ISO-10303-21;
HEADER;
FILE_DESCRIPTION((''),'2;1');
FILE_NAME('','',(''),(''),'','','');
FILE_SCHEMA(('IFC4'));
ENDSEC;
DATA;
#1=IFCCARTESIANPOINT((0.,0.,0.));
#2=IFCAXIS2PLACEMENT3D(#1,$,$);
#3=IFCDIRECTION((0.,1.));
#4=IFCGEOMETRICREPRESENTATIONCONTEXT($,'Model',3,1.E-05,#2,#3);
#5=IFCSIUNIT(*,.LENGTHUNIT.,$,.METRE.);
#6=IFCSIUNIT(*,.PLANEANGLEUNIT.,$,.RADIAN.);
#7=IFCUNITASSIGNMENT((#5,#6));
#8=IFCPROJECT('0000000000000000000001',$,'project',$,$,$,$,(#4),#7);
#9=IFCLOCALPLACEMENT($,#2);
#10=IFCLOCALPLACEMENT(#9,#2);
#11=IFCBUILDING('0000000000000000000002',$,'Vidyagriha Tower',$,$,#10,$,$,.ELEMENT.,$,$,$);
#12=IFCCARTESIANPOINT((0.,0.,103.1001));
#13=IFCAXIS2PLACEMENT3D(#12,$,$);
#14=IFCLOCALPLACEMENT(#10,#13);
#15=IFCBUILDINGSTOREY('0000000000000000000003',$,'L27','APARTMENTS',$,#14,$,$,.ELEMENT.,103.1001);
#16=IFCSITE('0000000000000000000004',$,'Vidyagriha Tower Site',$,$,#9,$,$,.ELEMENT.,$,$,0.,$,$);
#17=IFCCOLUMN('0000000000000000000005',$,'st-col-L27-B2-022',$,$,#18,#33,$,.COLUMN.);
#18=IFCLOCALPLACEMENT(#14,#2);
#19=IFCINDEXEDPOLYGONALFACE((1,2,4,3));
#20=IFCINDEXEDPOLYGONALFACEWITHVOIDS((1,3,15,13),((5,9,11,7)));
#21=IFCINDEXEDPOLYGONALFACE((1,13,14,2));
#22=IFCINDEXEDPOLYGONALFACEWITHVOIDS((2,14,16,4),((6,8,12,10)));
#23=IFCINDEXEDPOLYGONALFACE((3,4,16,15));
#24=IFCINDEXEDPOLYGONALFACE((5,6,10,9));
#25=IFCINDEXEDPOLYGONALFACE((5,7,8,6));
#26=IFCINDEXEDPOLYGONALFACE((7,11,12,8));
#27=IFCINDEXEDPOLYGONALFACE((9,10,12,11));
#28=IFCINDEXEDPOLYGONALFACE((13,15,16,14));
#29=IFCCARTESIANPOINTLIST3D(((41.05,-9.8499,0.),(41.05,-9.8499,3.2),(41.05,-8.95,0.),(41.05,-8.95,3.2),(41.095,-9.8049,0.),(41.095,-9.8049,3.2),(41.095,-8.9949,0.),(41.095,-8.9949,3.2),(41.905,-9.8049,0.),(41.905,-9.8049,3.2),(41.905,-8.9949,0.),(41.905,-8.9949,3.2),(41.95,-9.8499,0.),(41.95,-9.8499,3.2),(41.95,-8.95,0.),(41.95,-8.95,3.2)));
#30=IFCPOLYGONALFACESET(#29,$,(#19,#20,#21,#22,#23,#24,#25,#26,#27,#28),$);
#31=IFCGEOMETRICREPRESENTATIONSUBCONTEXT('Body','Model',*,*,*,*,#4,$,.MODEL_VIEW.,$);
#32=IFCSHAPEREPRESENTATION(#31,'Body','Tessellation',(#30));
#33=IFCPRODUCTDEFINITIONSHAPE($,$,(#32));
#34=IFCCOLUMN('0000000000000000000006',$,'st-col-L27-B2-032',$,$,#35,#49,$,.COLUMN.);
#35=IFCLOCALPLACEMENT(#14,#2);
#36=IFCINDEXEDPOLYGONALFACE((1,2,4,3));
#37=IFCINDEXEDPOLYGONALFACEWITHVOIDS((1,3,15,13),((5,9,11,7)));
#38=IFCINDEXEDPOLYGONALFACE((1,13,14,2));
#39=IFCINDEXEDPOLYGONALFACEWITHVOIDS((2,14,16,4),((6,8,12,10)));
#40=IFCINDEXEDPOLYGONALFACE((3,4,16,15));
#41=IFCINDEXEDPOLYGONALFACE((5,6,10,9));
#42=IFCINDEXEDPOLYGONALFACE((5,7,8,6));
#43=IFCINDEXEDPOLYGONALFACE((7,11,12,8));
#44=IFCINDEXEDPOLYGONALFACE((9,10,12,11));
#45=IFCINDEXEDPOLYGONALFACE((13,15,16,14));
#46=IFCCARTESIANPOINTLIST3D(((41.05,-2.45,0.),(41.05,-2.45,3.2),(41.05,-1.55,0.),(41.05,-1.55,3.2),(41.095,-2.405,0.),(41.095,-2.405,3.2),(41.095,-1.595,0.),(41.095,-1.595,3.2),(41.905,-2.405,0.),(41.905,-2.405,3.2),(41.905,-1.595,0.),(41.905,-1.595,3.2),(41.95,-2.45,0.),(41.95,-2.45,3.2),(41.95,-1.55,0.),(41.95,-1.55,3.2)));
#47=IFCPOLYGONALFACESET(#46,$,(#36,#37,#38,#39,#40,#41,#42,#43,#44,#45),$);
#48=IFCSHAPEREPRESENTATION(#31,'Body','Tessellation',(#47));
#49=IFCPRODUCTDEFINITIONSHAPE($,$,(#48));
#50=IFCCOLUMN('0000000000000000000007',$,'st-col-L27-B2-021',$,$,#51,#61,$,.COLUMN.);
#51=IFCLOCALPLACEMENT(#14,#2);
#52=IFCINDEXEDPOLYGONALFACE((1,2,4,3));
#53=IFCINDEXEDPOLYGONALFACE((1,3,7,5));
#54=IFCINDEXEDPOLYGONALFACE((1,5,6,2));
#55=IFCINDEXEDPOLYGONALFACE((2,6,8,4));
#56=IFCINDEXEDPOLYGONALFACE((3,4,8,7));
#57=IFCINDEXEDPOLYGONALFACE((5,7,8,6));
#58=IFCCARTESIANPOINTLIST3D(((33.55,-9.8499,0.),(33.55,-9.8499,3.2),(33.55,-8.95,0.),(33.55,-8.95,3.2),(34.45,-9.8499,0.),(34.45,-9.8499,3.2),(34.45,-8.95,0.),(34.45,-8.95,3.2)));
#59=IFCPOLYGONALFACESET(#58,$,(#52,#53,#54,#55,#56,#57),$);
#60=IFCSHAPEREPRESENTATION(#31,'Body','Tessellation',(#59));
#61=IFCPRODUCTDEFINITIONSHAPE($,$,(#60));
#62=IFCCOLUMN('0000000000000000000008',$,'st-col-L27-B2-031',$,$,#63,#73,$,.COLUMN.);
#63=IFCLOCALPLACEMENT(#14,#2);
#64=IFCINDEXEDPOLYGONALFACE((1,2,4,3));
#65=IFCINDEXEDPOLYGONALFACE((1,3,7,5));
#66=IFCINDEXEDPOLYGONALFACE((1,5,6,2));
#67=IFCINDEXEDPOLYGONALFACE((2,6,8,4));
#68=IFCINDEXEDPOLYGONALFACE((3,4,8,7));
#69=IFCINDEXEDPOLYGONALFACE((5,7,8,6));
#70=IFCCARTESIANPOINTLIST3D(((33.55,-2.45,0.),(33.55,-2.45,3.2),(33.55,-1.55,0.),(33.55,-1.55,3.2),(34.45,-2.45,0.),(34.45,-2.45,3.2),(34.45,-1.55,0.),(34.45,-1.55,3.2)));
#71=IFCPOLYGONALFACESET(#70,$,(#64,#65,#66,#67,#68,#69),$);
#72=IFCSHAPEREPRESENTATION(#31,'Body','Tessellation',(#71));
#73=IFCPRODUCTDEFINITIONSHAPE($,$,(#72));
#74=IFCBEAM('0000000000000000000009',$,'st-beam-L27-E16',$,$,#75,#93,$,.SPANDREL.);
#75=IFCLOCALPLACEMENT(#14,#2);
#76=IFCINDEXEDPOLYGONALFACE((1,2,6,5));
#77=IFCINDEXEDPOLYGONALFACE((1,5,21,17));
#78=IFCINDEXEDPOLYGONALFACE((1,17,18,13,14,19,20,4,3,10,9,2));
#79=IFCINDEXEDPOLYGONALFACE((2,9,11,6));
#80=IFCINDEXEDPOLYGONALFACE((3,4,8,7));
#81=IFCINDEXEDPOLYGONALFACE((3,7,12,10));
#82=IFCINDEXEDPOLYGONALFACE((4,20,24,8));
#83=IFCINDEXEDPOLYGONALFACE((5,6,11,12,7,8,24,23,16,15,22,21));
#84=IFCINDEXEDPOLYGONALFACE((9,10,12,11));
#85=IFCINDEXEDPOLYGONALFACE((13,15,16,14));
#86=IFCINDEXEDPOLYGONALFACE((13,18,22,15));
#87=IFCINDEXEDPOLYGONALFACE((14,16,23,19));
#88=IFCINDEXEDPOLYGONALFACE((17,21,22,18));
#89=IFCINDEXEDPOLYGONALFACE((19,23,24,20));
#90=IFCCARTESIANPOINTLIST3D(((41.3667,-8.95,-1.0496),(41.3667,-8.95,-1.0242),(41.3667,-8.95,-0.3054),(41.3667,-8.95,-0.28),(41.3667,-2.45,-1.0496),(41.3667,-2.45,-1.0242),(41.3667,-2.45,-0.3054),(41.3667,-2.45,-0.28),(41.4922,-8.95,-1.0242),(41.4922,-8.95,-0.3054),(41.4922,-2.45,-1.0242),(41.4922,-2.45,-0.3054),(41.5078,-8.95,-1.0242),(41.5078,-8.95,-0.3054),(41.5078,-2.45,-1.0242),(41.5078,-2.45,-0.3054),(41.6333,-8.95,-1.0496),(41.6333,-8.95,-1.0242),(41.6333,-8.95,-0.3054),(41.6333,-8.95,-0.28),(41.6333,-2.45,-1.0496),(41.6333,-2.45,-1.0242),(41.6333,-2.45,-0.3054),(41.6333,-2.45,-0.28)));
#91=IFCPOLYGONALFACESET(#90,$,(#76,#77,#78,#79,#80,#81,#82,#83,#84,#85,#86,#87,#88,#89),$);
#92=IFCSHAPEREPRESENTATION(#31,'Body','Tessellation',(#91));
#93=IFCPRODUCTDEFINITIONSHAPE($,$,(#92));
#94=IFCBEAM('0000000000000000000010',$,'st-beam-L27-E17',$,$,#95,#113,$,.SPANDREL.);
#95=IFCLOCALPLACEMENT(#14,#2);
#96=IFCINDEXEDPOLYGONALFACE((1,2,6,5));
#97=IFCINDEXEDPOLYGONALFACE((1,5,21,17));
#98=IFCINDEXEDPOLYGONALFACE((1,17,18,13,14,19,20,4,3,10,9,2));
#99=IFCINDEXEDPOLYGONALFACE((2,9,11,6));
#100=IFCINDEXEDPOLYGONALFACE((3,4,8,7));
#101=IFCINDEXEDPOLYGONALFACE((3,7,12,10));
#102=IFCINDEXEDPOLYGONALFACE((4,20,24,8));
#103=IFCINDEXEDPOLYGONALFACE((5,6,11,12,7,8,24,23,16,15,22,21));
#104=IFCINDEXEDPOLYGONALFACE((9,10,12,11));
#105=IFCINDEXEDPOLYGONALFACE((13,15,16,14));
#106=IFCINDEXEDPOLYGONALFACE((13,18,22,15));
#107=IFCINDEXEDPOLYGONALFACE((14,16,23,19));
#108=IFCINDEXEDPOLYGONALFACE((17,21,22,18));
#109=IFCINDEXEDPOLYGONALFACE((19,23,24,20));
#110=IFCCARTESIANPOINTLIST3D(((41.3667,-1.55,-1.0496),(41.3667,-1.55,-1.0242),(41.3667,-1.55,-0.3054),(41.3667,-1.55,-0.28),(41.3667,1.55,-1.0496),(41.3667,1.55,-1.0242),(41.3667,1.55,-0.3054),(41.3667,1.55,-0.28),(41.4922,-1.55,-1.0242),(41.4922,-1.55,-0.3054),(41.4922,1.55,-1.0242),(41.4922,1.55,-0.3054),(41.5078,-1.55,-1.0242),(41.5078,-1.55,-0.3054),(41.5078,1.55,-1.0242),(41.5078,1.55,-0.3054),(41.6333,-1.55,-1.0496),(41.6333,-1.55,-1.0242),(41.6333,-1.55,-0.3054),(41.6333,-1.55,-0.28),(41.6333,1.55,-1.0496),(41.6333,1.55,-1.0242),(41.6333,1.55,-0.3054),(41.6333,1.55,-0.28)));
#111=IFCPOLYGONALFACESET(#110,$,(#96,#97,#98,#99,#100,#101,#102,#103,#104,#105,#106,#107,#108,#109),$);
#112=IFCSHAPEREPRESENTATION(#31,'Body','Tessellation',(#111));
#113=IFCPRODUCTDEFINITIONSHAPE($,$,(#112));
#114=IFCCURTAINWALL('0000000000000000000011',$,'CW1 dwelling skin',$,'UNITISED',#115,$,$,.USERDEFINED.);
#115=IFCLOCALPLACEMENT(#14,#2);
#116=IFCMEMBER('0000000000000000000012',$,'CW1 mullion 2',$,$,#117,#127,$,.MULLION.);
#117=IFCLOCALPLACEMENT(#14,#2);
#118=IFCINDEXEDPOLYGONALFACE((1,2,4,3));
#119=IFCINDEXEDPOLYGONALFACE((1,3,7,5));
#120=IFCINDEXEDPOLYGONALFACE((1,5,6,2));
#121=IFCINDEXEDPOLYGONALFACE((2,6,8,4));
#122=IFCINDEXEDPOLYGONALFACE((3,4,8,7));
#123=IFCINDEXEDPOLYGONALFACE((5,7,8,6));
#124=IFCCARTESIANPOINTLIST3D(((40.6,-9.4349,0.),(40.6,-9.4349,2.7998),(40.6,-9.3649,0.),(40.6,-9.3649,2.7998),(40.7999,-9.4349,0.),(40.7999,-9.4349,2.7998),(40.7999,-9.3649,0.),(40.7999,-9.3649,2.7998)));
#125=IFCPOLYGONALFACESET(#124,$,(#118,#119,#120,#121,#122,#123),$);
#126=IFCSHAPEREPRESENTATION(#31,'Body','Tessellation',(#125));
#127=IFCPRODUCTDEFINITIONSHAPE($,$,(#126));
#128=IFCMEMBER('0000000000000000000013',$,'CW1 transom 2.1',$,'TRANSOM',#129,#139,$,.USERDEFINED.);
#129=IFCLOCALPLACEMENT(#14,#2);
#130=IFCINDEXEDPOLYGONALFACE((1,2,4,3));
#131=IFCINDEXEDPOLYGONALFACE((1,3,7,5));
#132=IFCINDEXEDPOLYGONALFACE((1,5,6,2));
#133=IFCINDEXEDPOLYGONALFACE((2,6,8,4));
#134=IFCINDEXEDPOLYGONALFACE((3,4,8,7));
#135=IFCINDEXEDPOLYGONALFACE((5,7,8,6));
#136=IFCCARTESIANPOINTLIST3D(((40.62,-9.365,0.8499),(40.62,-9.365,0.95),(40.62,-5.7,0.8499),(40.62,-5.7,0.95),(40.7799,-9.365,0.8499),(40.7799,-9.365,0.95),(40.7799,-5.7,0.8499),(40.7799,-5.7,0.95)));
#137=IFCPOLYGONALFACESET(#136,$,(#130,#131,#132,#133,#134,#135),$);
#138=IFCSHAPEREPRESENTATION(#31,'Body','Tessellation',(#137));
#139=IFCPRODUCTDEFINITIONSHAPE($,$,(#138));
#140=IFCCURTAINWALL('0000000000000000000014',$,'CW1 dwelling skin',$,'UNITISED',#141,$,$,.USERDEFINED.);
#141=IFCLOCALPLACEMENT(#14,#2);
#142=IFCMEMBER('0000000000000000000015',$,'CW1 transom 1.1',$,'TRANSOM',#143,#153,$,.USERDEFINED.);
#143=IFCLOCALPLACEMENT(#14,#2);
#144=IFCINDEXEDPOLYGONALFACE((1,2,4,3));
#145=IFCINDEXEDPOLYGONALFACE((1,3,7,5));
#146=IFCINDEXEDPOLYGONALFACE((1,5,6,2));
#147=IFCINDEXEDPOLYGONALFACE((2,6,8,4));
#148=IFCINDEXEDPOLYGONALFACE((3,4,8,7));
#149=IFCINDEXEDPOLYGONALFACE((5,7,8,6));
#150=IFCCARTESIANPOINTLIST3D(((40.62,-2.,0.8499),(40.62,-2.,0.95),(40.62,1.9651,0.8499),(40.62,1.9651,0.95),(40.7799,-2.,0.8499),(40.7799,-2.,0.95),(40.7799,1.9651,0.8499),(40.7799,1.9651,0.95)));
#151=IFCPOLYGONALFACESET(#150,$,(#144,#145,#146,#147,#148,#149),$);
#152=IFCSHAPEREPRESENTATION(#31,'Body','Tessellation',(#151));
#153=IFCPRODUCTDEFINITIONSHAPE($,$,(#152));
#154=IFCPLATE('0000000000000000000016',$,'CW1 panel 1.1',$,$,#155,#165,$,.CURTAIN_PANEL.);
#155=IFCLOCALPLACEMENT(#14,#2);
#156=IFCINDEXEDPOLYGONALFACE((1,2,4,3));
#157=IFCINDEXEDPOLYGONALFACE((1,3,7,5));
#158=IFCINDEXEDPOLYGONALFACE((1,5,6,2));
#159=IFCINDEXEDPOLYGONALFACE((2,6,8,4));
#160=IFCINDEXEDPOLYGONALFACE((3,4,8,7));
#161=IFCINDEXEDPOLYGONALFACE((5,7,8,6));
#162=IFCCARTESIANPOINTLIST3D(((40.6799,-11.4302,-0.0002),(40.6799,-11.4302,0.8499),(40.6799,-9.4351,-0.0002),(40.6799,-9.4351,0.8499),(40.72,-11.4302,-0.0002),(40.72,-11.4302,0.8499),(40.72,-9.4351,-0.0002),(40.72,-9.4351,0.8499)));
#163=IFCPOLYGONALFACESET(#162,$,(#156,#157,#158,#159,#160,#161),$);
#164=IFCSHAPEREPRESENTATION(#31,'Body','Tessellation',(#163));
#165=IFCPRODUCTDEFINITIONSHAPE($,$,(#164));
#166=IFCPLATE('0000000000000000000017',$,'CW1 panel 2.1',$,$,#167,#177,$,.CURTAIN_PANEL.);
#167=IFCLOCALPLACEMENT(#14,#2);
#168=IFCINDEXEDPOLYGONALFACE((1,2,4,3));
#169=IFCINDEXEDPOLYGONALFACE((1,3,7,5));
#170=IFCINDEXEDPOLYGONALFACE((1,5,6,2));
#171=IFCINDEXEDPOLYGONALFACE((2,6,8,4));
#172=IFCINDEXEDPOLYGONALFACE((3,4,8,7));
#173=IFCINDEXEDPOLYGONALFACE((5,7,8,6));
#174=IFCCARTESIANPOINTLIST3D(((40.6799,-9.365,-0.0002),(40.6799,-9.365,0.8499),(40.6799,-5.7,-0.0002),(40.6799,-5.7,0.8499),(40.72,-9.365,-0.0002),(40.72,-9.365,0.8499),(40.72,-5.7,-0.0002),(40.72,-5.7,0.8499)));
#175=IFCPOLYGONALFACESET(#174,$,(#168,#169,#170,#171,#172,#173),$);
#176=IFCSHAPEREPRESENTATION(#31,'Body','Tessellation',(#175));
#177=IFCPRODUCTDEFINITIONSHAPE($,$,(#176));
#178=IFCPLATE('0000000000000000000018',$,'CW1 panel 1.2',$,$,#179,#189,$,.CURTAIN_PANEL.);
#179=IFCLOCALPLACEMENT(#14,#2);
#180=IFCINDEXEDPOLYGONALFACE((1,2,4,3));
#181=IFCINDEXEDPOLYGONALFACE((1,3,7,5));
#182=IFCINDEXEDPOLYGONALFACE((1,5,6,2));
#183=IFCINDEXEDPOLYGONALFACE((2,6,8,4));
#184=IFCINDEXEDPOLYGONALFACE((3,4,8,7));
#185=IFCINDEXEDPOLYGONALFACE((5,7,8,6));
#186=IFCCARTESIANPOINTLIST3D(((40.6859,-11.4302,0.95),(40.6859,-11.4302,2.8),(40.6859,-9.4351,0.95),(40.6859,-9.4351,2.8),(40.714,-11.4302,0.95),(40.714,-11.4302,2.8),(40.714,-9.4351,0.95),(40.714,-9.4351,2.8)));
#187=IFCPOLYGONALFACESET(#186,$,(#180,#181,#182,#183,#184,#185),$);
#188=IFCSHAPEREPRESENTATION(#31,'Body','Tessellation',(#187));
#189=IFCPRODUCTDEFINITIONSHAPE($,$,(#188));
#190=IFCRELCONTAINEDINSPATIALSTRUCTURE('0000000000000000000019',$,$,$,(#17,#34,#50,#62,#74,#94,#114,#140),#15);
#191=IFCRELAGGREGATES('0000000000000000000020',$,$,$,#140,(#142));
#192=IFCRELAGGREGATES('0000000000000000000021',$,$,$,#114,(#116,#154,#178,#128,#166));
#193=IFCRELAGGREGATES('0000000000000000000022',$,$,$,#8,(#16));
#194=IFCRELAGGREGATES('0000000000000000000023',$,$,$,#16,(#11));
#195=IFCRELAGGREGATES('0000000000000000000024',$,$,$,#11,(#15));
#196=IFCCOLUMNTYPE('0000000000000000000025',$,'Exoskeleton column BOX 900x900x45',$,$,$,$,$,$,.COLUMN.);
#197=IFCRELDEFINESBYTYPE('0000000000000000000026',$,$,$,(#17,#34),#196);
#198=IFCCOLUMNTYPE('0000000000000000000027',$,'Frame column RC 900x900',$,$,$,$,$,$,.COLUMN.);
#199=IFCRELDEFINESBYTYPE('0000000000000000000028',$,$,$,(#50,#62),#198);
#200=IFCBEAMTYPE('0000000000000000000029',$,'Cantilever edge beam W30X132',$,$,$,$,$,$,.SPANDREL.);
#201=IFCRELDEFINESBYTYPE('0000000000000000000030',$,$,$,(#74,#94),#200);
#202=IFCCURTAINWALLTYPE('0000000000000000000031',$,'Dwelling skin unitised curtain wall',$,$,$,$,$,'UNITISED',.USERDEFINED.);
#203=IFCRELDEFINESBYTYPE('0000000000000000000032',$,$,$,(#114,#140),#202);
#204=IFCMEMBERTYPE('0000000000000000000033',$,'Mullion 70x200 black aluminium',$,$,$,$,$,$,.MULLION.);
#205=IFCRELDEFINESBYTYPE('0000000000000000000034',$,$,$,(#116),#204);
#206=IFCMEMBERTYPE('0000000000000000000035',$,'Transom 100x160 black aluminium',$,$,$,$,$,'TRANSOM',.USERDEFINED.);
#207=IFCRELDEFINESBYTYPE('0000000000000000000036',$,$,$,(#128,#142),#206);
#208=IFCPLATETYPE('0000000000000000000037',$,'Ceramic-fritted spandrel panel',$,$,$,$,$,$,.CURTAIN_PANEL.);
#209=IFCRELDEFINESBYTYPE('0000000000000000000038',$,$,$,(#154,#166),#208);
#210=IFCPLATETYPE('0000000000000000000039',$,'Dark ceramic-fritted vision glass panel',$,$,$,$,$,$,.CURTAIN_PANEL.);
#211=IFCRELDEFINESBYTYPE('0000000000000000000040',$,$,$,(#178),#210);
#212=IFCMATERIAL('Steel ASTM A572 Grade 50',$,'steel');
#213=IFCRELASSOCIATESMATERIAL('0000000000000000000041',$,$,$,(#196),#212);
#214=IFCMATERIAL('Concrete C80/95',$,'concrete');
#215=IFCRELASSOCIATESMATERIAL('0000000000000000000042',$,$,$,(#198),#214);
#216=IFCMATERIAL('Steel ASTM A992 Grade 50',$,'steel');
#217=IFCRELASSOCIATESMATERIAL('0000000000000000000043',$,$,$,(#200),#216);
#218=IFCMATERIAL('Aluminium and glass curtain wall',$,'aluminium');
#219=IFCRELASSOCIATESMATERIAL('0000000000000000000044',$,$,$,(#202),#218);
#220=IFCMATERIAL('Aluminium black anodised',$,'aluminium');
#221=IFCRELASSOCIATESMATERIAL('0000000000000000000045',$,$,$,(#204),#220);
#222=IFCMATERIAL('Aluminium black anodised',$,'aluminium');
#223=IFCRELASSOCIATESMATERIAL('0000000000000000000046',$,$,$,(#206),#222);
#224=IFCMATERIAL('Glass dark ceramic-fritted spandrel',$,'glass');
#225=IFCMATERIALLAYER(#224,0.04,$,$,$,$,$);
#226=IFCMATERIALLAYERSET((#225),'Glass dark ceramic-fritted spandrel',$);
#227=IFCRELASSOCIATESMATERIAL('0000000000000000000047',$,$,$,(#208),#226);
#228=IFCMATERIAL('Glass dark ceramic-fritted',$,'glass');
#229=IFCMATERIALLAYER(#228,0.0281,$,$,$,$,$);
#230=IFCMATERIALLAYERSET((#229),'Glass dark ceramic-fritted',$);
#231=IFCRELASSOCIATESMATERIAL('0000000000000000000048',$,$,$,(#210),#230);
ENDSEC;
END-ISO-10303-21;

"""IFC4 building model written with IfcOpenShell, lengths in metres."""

from ifc_helpers import new_model, si_unit, direction, frame, origin, origin_2d, place, context, subcontext, project, spatial, rectangle, hollow_rectangle, i_section, extrude, material, layer, layer_set, material_profile, profile_set, type_object, element, aggregate, save


model = new_model("IFC4")

# Units and contexts
model_context = context("Model", 3, precision=1e-05, world=origin(), true_north=direction((0.0, 1.0)))
body_context = subcontext(model_context, "Body", "Model", "MODEL_VIEW")
ifc_project = project(units=[si_unit("LENGTHUNIT", "METRE"), si_unit("PLANEANGLEUNIT", "RADIAN")], contexts=[model_context])

# Site, building, storey
site_placement = place(None, origin())
site = spatial("IfcSite", under=ifc_project, at=site_placement, Name="Vidyagriha Tower Site", CompositionType="ELEMENT", RefElevation=0.0)
building_placement = place(site_placement, origin())
building = spatial("IfcBuilding", under=site, at=building_placement, Name="Vidyagriha Tower", CompositionType="ELEMENT")
storey_placement = place(building_placement, frame((0.0, 0.0, 103.1001)))
storey = spatial("IfcBuildingStorey", under=building, at=storey_placement, Name="L27", Description="APARTMENTS", CompositionType="ELEMENT", Elevation=103.1001)

# Columns
ifc_material_1 = material(Name="Steel ASTM A572 Grade 50", Category="steel")
ifc_material_profile_1 = material_profile(ifc_material_1, hollow_rectangle(XDim=0.8999, YDim=0.8999, WallThickness=0.0449, at=origin_2d()), Name="BOX 900x900x45")
ifc_profile_set_1 = profile_set([ifc_material_profile_1], Name="Steel ASTM A572 Grade 50")
column_type_1 = type_object("IfcColumnType", Name="Exoskeleton column BOX 900x900x45", PredefinedType="COLUMN", material=ifc_profile_set_1)
for number, where, name in (
    (1, (41.5, -9.3999, 0.0), "st-col-L27-B2-022"),
    (2, (41.5, -2.0, 0.0), "st-col-L27-B2-032"),
):
    element("IfcColumn", number, at=place(storey_placement, frame(where)), inside=storey, type_object=column_type_1, Name=name, PredefinedType="COLUMN", context=body_context, shape_type="SweptSolid", body=[
        extrude(hollow_rectangle(XDim=0.8999, YDim=0.8999, WallThickness=0.0449, at=origin_2d()), origin(), (0.0, 0.0, 1.0), 3.2),
    ])
ifc_material_2 = material(Name="Concrete C80/95", Category="concrete")
ifc_material_profile_2 = material_profile(ifc_material_2, rectangle(XDim=0.8999, YDim=0.8999, at=origin_2d()), Name="RC 900x900")
ifc_profile_set_2 = profile_set([ifc_material_profile_2], Name="Concrete C80/95")
column_type_2 = type_object("IfcColumnType", Name="Frame column RC 900x900", PredefinedType="COLUMN", material=ifc_profile_set_2)
for number, where, name in (
    (3, (34.0, -9.3999, 0.0), "st-col-L27-B2-021"),
    (4, (34.0, -2.0, 0.0), "st-col-L27-B2-031"),
):
    element("IfcColumn", number, at=place(storey_placement, frame(where)), inside=storey, type_object=column_type_2, Name=name, PredefinedType="COLUMN", context=body_context, shape_type="SweptSolid", body=[
        extrude(rectangle(XDim=0.8999, YDim=0.8999, at=origin_2d()), origin(), (0.0, 0.0, 1.0), 3.2),
    ])

# Beams
ifc_material_3 = material(Name="Steel ASTM A992 Grade 50", Category="steel")
ifc_material_profile_3 = material_profile(ifc_material_3, i_section(OverallWidth=0.2666, OverallDepth=0.7695, WebThickness=0.0156, FlangeThickness=0.0254, at=origin_2d()), Name="W30X132")
ifc_profile_set_3 = profile_set([ifc_material_profile_3], Name="Steel ASTM A992 Grade 50")
beam_type = type_object("IfcBeamType", Name="Cantilever edge beam W30X132", PredefinedType="SPANDREL", material=ifc_profile_set_3)
beam_1_placement = place(storey_placement, frame((41.5, -8.95, -0.6648), z_axis=(0.0, 1.0, 0.0), x_axis=(-1.0, 0.0, 0.0)))
element("IfcBeam", 5, at=beam_1_placement, inside=storey, type_object=beam_type, Name="st-beam-L27-E16", PredefinedType="SPANDREL", context=body_context, shape_type="SweptSolid", body=[
    extrude(i_section(OverallWidth=0.2666, OverallDepth=0.7695, WebThickness=0.0156, FlangeThickness=0.0254, at=origin_2d()), origin(), (0.0, 0.0, 1.0), 6.5),
])
beam_2_placement = place(storey_placement, frame((41.5, -1.55, -0.6648), z_axis=(0.0, 1.0, 0.0), x_axis=(-1.0, 0.0, 0.0)))
element("IfcBeam", 6, at=beam_2_placement, inside=storey, type_object=beam_type, Name="st-beam-L27-E17", PredefinedType="SPANDREL", context=body_context, shape_type="SweptSolid", body=[
    extrude(i_section(OverallWidth=0.2666, OverallDepth=0.7695, WebThickness=0.0156, FlangeThickness=0.0254, at=origin_2d()), origin(), (0.0, 0.0, 1.0), 3.1001),
])

# Curtain wall, members
ifc_material_4 = material(Name="Aluminium and glass curtain wall", Category="aluminium")
curtain_wall_type = type_object("IfcCurtainWallType", Name="Dwelling skin unitised curtain wall", ElementType="UNITISED", PredefinedType="USERDEFINED", material=ifc_material_4)
curtain_wall_1_placement = place(storey_placement, origin())
curtain_wall_1 = element("IfcCurtainWall", 7, at=curtain_wall_1_placement, inside=storey, type_object=curtain_wall_type, Name="CW1 dwelling skin", ObjectType="UNITISED", PredefinedType="USERDEFINED")
ifc_material_5 = material(Name="Aluminium black anodised", Category="aluminium")
ifc_material_profile_4 = material_profile(ifc_material_5, rectangle(XDim=0.2, YDim=0.0701, at=origin_2d()), Name="Mullion 70x200 black aluminium")
ifc_profile_set_4 = profile_set([ifc_material_profile_4], Name="Aluminium black anodised")
member_type_1 = type_object("IfcMemberType", Name="Mullion 70x200 black aluminium", PredefinedType="MULLION", material=ifc_profile_set_4)
member_1_placement = place(storey_placement, frame((40.7, -9.3999, 0.0), z_axis=(0.0, 0.0, 1.0), x_axis=(-1.0, 0.0, 0.0)))
member_1 = element("IfcMember", 8, at=member_1_placement, type_object=member_type_1, Name="CW1 mullion 2", PredefinedType="MULLION", context=body_context, shape_type="SweptSolid", body=[
    extrude(rectangle(XDim=0.2, YDim=0.0701, at=origin_2d()), origin(), (0.0, 0.0, 1.0), 2.7998),
])
ifc_material_6 = material(Name="Aluminium black anodised", Category="aluminium")
ifc_material_profile_5 = material_profile(ifc_material_6, rectangle(XDim=0.1599, YDim=0.1001, at=origin_2d()), Name="Transom 100x160 black aluminium")
ifc_profile_set_5 = profile_set([ifc_material_profile_5], Name="Aluminium black anodised")
member_type_2 = type_object("IfcMemberType", Name="Transom 100x160 black aluminium", ElementType="TRANSOM", PredefinedType="USERDEFINED", material=ifc_profile_set_5)
member_2_placement = place(storey_placement, frame((40.7, -9.365, 0.8999), z_axis=(0.0, 1.0, 0.0), x_axis=(-1.0, 0.0, 0.0)))
member_2 = element("IfcMember", 9, at=member_2_placement, type_object=member_type_2, Name="CW1 transom 2.1", ObjectType="TRANSOM", PredefinedType="USERDEFINED", context=body_context, shape_type="SweptSolid", body=[
    extrude(rectangle(XDim=0.1599, YDim=0.1001, at=origin_2d()), origin(), (0.0, 0.0, 1.0), 3.665),
])

# Curtain wall, member
curtain_wall_2_placement = place(storey_placement, origin())
curtain_wall_2 = element("IfcCurtainWall", 10, at=curtain_wall_2_placement, inside=storey, type_object=curtain_wall_type, Name="CW1 dwelling skin", ObjectType="UNITISED", PredefinedType="USERDEFINED")
member_3_placement = place(storey_placement, frame((40.7, -2.0, 0.8999), z_axis=(0.0, 1.0, 0.0), x_axis=(-1.0, 0.0, 0.0)))
member_3 = element("IfcMember", 11, at=member_3_placement, type_object=member_type_2, Name="CW1 transom 1.1", ObjectType="TRANSOM", PredefinedType="USERDEFINED", context=body_context, shape_type="SweptSolid", body=[
    extrude(rectangle(XDim=0.1599, YDim=0.1001, at=origin_2d()), origin(), (0.0, 0.0, 1.0), 3.9651),
])
aggregate(curtain_wall_2, [member_3])

# Plates
ifc_material_7 = material(Name="Glass dark ceramic-fritted spandrel", Category="glass")
ifc_layer_1 = layer(ifc_material_7, 0.04)
ifc_layer_set_1 = layer_set([ifc_layer_1], Name="Glass dark ceramic-fritted spandrel")
plate_type_1 = type_object("IfcPlateType", Name="Ceramic-fritted spandrel panel", PredefinedType="CURTAIN_PANEL", material=ifc_layer_set_1)
plate_1_placement = place(storey_placement, frame((40.7, -10.4326, -0.0002), z_axis=(0.0, 0.0, 1.0), x_axis=(0.0, 1.0, 0.0)))
plate_1 = element("IfcPlate", 12, at=plate_1_placement, type_object=plate_type_1, Name="CW1 panel 1.1", PredefinedType="CURTAIN_PANEL", context=body_context, shape_type="SweptSolid", body=[
    extrude(rectangle(XDim=1.9951, YDim=0.04, at=origin_2d()), origin(), (0.0, 0.0, 1.0), 0.8501),
])
plate_2_placement = place(storey_placement, frame((40.7, -7.5325, -0.0002), z_axis=(0.0, 0.0, 1.0), x_axis=(0.0, 1.0, 0.0)))
plate_2 = element("IfcPlate", 13, at=plate_2_placement, type_object=plate_type_1, Name="CW1 panel 2.1", PredefinedType="CURTAIN_PANEL", context=body_context, shape_type="SweptSolid", body=[
    extrude(rectangle(XDim=3.665, YDim=0.04, at=origin_2d()), origin(), (0.0, 0.0, 1.0), 0.8501),
])
ifc_material_8 = material(Name="Glass dark ceramic-fritted", Category="glass")
ifc_layer_2 = layer(ifc_material_8, 0.0281)
ifc_layer_set_2 = layer_set([ifc_layer_2], Name="Glass dark ceramic-fritted")
plate_type_2 = type_object("IfcPlateType", Name="Dark ceramic-fritted vision glass panel", PredefinedType="CURTAIN_PANEL", material=ifc_layer_set_2)
plate_3_placement = place(storey_placement, frame((40.7, -10.4326, 0.95), z_axis=(0.0, 0.0, 1.0), x_axis=(0.0, 1.0, 0.0)))
plate_3 = element("IfcPlate", 14, at=plate_3_placement, type_object=plate_type_2, Name="CW1 panel 1.2", PredefinedType="CURTAIN_PANEL", context=body_context, shape_type="SweptSolid", body=[
    extrude(rectangle(XDim=1.9951, YDim=0.0281, at=origin_2d()), origin(), (0.0, 0.0, 1.0), 1.8501),
])
aggregate(curtain_wall_1, [member_1, plate_1, plate_3, member_2, plate_2])

save(model, "model.ifc")
